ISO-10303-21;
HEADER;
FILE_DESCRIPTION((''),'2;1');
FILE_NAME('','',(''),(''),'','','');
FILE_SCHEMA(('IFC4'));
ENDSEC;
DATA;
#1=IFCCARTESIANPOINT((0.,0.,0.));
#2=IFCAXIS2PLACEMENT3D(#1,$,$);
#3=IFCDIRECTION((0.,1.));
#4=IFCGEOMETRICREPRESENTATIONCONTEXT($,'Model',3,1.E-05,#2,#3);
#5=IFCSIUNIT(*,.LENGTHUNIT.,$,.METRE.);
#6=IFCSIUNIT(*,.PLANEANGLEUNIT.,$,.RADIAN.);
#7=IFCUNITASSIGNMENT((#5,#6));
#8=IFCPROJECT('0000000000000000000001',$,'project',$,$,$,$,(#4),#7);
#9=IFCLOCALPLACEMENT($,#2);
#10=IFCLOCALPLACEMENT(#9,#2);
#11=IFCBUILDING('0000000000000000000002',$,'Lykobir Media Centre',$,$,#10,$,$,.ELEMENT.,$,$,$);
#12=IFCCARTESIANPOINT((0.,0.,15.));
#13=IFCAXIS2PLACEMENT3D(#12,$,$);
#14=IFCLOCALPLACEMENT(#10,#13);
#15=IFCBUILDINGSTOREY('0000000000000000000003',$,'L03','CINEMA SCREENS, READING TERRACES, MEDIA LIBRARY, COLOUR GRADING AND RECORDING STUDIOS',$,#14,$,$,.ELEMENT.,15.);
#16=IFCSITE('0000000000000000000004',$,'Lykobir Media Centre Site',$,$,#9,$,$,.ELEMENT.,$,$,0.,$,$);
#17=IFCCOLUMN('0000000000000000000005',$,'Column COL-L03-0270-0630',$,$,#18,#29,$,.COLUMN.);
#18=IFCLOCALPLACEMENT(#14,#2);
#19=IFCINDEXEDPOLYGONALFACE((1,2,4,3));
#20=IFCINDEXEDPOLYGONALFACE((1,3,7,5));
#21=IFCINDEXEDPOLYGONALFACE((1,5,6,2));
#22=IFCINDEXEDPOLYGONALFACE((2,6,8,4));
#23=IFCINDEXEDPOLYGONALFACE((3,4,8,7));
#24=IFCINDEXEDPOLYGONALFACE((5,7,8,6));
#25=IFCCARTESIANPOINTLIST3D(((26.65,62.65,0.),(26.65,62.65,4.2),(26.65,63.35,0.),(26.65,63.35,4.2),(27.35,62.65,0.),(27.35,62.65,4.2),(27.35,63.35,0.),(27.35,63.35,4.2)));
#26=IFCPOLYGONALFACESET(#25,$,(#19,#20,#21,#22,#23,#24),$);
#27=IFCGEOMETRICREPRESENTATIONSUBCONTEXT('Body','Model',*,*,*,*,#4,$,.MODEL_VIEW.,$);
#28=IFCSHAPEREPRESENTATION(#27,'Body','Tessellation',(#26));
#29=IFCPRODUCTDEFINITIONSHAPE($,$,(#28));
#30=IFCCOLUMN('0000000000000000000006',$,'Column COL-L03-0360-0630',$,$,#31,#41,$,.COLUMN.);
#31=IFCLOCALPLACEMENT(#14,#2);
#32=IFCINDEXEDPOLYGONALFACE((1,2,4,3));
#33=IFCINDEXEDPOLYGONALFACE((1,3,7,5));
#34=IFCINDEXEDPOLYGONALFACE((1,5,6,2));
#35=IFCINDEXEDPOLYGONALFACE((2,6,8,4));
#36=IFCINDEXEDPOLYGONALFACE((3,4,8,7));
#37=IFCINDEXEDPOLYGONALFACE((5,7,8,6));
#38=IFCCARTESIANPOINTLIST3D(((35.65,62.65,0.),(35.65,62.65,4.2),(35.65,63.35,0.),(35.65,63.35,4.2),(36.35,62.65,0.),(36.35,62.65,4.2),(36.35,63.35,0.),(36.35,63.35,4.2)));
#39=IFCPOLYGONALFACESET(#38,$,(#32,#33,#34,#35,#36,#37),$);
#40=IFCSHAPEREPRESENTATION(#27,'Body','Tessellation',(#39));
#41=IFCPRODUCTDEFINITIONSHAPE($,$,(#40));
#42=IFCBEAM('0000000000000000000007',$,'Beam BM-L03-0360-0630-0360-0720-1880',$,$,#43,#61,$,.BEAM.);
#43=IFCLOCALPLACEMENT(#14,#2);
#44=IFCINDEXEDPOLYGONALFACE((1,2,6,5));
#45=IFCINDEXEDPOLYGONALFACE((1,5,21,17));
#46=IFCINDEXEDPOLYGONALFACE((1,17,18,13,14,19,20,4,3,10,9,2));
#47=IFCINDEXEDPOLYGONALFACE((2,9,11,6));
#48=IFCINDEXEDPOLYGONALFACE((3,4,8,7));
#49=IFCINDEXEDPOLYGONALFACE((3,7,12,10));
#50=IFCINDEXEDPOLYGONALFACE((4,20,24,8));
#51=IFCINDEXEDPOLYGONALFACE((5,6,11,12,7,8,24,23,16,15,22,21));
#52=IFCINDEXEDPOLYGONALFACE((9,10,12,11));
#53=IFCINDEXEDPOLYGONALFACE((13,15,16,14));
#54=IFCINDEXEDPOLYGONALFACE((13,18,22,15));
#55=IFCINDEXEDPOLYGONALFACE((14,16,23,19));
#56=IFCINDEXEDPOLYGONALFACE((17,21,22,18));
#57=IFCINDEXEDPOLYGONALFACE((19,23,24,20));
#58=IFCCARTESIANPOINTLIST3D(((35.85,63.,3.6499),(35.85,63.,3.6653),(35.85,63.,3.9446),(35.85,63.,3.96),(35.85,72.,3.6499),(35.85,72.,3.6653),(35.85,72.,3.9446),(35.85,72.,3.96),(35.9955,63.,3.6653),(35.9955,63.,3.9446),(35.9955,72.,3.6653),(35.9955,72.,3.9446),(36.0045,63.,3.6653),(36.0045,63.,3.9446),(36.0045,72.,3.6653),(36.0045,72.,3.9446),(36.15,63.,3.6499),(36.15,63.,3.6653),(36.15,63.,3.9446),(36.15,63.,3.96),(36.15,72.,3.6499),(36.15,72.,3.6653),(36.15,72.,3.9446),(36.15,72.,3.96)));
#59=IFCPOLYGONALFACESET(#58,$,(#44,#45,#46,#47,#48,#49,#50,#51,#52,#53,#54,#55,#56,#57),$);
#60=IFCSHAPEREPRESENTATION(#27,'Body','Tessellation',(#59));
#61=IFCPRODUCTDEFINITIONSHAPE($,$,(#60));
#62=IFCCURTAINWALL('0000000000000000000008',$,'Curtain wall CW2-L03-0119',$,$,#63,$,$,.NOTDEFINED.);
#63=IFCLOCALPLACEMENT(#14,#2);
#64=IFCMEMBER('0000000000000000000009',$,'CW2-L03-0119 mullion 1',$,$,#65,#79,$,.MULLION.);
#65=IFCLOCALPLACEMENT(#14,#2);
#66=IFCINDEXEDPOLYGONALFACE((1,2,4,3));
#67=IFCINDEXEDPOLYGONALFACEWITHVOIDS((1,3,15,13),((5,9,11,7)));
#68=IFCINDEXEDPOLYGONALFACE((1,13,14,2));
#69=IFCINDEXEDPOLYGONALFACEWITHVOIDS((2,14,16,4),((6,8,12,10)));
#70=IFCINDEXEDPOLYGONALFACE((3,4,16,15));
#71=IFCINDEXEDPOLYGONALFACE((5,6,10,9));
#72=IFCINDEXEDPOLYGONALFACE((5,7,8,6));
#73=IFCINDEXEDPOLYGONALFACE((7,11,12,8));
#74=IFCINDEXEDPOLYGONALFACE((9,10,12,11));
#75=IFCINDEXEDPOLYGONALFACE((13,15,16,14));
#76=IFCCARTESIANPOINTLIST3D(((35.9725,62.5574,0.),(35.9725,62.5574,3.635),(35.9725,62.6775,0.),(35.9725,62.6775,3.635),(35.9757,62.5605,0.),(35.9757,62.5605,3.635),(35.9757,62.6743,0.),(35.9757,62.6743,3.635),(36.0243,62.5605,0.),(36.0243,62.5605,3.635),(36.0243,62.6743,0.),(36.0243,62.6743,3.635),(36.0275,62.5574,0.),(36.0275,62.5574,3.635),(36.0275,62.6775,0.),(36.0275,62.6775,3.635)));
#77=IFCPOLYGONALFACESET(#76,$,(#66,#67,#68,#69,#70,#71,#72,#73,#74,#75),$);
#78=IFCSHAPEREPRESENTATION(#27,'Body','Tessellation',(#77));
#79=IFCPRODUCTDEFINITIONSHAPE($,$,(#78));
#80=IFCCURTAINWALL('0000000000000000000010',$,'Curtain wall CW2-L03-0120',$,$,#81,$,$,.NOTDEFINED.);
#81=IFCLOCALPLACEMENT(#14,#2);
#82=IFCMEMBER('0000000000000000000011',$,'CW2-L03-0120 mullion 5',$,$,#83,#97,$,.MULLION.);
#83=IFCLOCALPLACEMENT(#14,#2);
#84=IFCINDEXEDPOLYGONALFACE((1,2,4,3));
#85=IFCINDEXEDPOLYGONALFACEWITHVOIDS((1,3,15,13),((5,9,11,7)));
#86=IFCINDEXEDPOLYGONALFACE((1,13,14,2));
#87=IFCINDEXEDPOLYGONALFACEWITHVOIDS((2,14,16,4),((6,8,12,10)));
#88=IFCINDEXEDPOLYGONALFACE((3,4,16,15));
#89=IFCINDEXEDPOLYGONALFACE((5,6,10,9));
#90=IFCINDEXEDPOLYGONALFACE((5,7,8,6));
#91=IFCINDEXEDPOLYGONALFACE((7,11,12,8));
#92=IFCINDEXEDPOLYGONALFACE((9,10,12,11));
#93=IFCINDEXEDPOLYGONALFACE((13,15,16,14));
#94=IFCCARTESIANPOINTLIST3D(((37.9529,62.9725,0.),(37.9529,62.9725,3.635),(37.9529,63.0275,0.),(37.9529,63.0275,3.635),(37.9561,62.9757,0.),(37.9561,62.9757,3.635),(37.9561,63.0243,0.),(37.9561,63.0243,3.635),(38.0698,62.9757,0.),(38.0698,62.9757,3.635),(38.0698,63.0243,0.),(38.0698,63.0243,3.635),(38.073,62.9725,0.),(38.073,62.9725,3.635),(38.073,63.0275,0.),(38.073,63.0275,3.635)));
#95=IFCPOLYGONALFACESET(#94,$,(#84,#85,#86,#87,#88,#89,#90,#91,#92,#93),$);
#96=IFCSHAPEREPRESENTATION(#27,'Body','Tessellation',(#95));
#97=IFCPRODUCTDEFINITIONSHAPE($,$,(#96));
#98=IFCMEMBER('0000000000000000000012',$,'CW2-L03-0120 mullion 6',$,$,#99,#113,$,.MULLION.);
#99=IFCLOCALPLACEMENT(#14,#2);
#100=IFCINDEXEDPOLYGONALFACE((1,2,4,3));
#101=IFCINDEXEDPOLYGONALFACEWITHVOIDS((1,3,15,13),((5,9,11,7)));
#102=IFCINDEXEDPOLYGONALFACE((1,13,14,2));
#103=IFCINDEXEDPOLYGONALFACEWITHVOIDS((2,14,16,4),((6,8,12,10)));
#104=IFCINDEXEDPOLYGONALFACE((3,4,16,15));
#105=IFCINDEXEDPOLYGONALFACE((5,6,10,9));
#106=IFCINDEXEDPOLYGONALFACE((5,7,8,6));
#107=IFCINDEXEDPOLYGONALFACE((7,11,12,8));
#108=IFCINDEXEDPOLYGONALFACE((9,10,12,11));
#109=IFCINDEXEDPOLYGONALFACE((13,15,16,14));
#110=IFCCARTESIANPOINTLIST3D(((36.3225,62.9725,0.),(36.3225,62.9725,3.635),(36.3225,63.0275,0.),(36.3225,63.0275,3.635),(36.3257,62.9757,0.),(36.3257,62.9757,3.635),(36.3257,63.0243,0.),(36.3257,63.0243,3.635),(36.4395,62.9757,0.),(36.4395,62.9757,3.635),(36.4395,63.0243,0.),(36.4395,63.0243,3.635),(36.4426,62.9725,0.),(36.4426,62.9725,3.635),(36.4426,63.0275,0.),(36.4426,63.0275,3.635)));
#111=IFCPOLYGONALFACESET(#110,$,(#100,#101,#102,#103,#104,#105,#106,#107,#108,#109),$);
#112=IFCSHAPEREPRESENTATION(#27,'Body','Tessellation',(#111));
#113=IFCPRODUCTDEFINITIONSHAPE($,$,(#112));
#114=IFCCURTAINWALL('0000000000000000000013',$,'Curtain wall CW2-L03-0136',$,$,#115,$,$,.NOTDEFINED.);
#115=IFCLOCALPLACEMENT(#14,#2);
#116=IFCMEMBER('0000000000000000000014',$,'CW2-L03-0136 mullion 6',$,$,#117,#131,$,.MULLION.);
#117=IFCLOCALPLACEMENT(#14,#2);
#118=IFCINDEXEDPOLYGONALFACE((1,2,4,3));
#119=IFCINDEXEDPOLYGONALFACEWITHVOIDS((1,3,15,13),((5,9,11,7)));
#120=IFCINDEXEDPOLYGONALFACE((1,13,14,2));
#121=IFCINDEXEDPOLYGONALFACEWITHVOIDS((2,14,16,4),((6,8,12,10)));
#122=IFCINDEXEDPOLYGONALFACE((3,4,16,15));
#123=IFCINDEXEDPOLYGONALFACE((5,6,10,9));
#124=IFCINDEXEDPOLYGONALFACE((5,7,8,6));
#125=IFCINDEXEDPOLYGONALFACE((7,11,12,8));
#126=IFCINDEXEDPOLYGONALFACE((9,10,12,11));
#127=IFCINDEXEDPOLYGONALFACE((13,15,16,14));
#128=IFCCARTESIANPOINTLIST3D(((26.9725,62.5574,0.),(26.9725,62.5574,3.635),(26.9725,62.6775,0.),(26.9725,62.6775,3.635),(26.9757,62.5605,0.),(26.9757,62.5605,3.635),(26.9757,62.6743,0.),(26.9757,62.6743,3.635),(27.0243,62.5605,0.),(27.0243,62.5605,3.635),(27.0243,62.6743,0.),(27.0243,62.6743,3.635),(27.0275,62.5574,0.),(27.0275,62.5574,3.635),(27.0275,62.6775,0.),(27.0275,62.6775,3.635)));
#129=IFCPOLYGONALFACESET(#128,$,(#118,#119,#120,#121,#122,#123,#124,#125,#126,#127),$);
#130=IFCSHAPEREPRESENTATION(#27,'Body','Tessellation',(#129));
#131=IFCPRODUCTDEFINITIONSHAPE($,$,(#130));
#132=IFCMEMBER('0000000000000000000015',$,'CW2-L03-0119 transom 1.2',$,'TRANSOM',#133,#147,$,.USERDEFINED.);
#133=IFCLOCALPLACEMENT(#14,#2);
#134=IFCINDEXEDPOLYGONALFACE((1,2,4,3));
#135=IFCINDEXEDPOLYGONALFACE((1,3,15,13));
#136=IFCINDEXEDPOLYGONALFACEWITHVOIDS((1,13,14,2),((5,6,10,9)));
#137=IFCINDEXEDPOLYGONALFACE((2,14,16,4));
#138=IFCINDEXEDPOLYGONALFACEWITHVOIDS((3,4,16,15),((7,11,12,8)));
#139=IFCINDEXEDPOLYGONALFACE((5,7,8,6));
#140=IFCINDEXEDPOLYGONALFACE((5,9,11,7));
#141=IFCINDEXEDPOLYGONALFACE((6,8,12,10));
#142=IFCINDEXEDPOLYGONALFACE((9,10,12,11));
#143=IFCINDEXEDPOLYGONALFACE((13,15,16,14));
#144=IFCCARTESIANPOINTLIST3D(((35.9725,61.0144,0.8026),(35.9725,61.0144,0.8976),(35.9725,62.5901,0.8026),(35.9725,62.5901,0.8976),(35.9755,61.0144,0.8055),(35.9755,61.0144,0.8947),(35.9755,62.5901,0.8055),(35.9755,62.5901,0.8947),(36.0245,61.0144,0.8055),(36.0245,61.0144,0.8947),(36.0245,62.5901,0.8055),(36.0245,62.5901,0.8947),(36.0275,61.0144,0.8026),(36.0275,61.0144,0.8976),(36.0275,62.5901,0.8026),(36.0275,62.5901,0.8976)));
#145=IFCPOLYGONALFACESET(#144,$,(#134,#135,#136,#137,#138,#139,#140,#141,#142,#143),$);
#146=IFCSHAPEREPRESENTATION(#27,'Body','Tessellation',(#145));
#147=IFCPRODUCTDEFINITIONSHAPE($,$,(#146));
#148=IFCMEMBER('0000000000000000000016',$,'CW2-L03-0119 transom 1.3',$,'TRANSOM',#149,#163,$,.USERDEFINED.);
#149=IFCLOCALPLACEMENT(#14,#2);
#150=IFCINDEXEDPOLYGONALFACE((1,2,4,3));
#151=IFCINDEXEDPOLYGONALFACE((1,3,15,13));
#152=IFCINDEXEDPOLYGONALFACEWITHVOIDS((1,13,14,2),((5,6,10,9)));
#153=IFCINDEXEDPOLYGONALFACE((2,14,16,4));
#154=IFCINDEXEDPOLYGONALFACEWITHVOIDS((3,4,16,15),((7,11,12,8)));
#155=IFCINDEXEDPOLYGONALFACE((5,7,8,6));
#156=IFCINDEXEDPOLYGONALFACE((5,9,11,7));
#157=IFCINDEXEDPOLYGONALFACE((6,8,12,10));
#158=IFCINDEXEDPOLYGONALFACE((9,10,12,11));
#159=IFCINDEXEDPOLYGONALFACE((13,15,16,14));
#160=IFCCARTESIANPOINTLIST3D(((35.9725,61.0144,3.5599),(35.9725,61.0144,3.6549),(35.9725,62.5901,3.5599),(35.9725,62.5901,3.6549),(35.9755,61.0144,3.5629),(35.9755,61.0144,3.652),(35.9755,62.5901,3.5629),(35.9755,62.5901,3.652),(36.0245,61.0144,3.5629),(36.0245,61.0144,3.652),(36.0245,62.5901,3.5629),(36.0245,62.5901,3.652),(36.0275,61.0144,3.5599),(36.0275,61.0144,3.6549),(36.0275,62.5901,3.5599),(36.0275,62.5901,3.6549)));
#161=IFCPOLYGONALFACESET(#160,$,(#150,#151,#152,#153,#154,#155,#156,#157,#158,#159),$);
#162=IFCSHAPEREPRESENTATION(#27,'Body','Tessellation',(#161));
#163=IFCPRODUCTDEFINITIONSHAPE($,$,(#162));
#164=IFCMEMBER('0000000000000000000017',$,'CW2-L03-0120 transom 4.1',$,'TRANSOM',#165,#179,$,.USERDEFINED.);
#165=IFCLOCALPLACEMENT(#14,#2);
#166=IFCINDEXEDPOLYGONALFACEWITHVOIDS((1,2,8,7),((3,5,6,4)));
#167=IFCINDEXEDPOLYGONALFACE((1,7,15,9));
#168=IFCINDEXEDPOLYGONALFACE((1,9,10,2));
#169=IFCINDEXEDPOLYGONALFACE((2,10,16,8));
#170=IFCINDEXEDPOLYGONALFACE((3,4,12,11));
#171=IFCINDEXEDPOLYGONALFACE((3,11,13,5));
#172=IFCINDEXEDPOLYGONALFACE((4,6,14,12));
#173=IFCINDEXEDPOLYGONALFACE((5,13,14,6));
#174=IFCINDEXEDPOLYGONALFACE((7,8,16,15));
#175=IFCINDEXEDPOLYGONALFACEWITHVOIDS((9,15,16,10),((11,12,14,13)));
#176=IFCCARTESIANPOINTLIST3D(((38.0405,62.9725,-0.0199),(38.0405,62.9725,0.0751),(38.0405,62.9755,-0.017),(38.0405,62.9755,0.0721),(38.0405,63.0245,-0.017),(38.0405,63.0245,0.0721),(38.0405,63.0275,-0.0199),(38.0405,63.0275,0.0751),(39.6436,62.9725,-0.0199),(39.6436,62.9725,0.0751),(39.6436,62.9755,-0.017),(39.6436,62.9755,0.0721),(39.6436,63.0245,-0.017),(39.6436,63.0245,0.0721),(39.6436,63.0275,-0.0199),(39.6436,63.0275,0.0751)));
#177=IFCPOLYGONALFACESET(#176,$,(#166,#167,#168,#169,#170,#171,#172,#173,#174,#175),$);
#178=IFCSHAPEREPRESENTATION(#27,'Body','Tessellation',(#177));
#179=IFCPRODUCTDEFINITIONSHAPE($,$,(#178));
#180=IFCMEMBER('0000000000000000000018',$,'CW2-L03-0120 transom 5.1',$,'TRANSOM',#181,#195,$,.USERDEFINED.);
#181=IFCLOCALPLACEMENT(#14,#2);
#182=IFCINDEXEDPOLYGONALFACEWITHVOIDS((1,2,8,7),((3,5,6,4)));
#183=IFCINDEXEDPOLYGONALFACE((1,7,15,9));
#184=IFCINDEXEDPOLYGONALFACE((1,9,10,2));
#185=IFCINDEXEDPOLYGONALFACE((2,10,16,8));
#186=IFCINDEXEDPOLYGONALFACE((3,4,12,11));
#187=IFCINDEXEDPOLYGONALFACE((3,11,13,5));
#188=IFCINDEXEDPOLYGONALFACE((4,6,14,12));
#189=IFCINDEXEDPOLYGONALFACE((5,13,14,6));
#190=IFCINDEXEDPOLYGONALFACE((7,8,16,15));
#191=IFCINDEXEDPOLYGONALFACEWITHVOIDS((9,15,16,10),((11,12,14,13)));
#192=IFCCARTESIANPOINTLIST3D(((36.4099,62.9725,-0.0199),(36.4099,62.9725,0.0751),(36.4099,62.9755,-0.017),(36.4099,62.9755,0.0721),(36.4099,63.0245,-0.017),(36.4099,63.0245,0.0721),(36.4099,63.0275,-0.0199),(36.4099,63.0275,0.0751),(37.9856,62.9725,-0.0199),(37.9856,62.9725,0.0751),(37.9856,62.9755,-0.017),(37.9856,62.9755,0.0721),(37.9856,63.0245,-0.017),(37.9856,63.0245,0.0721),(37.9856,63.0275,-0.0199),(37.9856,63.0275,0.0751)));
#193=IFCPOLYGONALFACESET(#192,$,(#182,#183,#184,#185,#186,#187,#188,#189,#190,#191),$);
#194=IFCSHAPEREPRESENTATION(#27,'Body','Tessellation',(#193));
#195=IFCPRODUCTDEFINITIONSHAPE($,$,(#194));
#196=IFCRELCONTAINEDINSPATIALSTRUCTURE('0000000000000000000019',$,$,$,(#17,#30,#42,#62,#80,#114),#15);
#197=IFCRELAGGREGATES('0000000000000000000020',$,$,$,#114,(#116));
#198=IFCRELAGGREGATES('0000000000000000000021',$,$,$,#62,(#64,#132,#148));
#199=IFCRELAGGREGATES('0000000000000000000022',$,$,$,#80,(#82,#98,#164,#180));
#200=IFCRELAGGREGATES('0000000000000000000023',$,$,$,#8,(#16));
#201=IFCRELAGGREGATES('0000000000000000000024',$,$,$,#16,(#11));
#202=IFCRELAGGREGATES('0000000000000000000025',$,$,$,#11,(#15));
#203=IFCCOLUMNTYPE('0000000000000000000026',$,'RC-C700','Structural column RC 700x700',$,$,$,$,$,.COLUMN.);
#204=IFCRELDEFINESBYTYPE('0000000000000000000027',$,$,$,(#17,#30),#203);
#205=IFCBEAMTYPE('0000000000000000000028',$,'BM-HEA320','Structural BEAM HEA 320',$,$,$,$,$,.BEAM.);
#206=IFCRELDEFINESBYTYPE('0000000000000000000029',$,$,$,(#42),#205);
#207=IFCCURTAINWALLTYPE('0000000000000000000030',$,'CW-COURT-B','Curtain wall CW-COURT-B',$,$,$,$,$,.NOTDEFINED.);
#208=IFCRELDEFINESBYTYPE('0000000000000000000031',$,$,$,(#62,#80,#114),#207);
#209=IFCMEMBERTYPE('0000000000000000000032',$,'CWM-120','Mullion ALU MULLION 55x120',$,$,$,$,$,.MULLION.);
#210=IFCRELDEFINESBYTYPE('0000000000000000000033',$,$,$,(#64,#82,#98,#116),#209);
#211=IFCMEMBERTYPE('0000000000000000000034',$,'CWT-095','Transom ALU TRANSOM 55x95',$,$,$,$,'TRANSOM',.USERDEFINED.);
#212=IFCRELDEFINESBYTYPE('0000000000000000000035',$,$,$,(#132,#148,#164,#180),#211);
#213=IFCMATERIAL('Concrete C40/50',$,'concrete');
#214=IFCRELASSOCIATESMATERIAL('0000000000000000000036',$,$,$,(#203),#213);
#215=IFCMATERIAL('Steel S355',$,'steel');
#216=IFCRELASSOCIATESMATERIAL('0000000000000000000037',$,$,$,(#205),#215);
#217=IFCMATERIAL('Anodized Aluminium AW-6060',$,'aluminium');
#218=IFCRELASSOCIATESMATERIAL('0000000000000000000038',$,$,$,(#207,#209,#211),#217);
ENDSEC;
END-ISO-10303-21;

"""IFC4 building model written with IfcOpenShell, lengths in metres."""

from ifc_helpers import new_model, si_unit, direction, frame, origin, origin_2d, place, context, subcontext, project, spatial, rectangle, hollow_rectangle, i_section, extrude, material, material_profile, profile_set, type_object, element, aggregate, save


model = new_model("IFC4")

# Units and contexts
model_context = context("Model", 3, precision=1e-05, world=origin(), true_north=direction((0.0, 1.0)))
body_context = subcontext(model_context, "Body", "Model", "MODEL_VIEW")
ifc_project = project(units=[si_unit("LENGTHUNIT", "METRE"), si_unit("PLANEANGLEUNIT", "RADIAN")], contexts=[model_context])

# Site, building, storey
site_placement = place(None, origin())
site = spatial("IfcSite", under=ifc_project, at=site_placement, Name="Lykobir Media Centre Site", CompositionType="ELEMENT", RefElevation=0.0)
building_placement = place(site_placement, origin())
building = spatial("IfcBuilding", under=site, at=building_placement, Name="Lykobir Media Centre", CompositionType="ELEMENT")
storey_placement = place(building_placement, frame((0.0, 0.0, 15.0)))
storey = spatial("IfcBuildingStorey", under=building, at=storey_placement, Name="L03", Description="CINEMA SCREENS, READING TERRACES, MEDIA LIBRARY, COLOUR GRADING AND RECORDING STUDIOS", CompositionType="ELEMENT", Elevation=15.0)

# Columns
ifc_material_1 = material(Name="Concrete C40/50", Category="concrete")
ifc_material_profile_1 = material_profile(ifc_material_1, rectangle(XDim=0.7, YDim=0.7, at=origin_2d()), Name="RC 700x700")
ifc_profile_set_1 = profile_set([ifc_material_profile_1], Name="Concrete C40/50")
column_type = type_object("IfcColumnType", Name="RC-C700", Description="Structural column RC 700x700", PredefinedType="COLUMN", material=ifc_profile_set_1)
for number, where, z_axis, x_axis, name in (
    (1, (27.0, 63.0, 0.0), (0.0, 0.0, 1.0), (1.0, 0.0, 0.0), "Column COL-L03-0270-0630"),
    (2, (36.0, 63.0, 0.0), (0.0, 0.0, 1.0), (1.0, 0.0, 0.0), "Column COL-L03-0360-0630"),
):
    element("IfcColumn", number, at=place(storey_placement, frame(where, z_axis=z_axis, x_axis=x_axis)), inside=storey, type_object=column_type, Name=name, PredefinedType="COLUMN", context=body_context, shape_type="SweptSolid", body=[
        extrude(rectangle(XDim=0.7, YDim=0.7, at=origin_2d()), origin(), (0.0, 0.0, 1.0), 4.2),
    ])

# Beam
ifc_material_2 = material(Name="Steel S355", Category="steel")
ifc_material_profile_2 = material_profile(ifc_material_2, i_section(OverallWidth=0.3, OverallDepth=0.3101, WebThickness=0.009, FlangeThickness=0.0154, at=origin_2d()), Name="HEA 320")
ifc_profile_set_2 = profile_set([ifc_material_profile_2], Name="Steel S355")
beam_type_1 = type_object("IfcBeamType", Name="BM-HEA320", Description="Structural BEAM HEA 320", PredefinedType="BEAM", material=ifc_profile_set_2)
beam_placement = place(storey_placement, frame((36.0, 63.0, 3.8049), z_axis=(0.0, 1.0, 0.0), x_axis=(-1.0, 0.0, 0.0)))
element("IfcBeam", 3, at=beam_placement, inside=storey, type_object=beam_type_1, Name="Beam BM-L03-0360-0630-0360-0720-1880", PredefinedType="BEAM", context=body_context, shape_type="SweptSolid", body=[
    extrude(i_section(OverallWidth=0.3, OverallDepth=0.3101, WebThickness=0.009, FlangeThickness=0.0154, at=origin_2d()), origin(), (0.0, 0.0, 1.0), 9.0),
])

# Curtain wall, member
ifc_material_3 = material(Name="Anodized Aluminium AW-6060", Category="aluminium")
curtain_wall_type = type_object("IfcCurtainWallType", Name="CW-COURT-B", Description="Curtain wall CW-COURT-B", PredefinedType="NOTDEFINED", material=ifc_material_3)
curtain_wall_1_placement = place(storey_placement, origin())
curtain_wall_1 = element("IfcCurtainWall", 4, at=curtain_wall_1_placement, inside=storey, type_object=curtain_wall_type, Name="Curtain wall CW2-L03-0119", PredefinedType="NOTDEFINED")
ifc_material_profile_3 = material_profile(ifc_material_3, hollow_rectangle(XDim=0.0549, YDim=0.1201, WallThickness=0.0032, at=origin_2d()), Name="ALU MULLION 55x120")
ifc_profile_set_3 = profile_set([ifc_material_profile_3], Name="Anodized Aluminium AW-6060")
member_type_1 = type_object("IfcMemberType", Name="CWM-120", Description="Mullion ALU MULLION 55x120", PredefinedType="MULLION", material=ifc_profile_set_3)
member_1_placement = place(storey_placement, frame((36.0, 62.6174, 0.0), z_axis=(0.0, 0.0, 1.0), x_axis=(1.0, 0.0, 0.0)))
member_1 = element("IfcMember", 5, at=member_1_placement, type_object=member_type_1, Name="CW2-L03-0119 mullion 1", PredefinedType="MULLION", context=body_context, shape_type="SweptSolid", body=[
    extrude(hollow_rectangle(XDim=0.0549, YDim=0.1201, WallThickness=0.0032, at=origin_2d()), origin(), (0.0, 0.0, 1.0), 3.635),
])

# Curtain wall, members
curtain_wall_2_placement = place(storey_placement, origin())
curtain_wall_2 = element("IfcCurtainWall", 6, at=curtain_wall_2_placement, inside=storey, type_object=curtain_wall_type, Name="Curtain wall CW2-L03-0120", PredefinedType="NOTDEFINED")
member_2_placement = place(storey_placement, frame((38.0129, 63.0, 0.0), z_axis=(0.0, 0.0, 1.0), x_axis=(0.0, -1.0, 0.0)))
member_2 = element("IfcMember", 7, at=member_2_placement, type_object=member_type_1, Name="CW2-L03-0120 mullion 5", PredefinedType="MULLION", context=body_context, shape_type="SweptSolid", body=[
    extrude(hollow_rectangle(XDim=0.0549, YDim=0.1201, WallThickness=0.0032, at=origin_2d()), origin(), (0.0, 0.0, 1.0), 3.635),
])
member_3_placement = place(storey_placement, frame((36.3826, 63.0, 0.0), z_axis=(0.0, 0.0, 1.0), x_axis=(0.0, -1.0, 0.0)))
member_3 = element("IfcMember", 8, at=member_3_placement, type_object=member_type_1, Name="CW2-L03-0120 mullion 6", PredefinedType="MULLION", context=body_context, shape_type="SweptSolid", body=[
    extrude(hollow_rectangle(XDim=0.0549, YDim=0.1201, WallThickness=0.0032, at=origin_2d()), origin(), (0.0, 0.0, 1.0), 3.635),
])

# Curtain wall, member
curtain_wall_3_placement = place(storey_placement, origin())
curtain_wall_3 = element("IfcCurtainWall", 9, at=curtain_wall_3_placement, inside=storey, type_object=curtain_wall_type, Name="Curtain wall CW2-L03-0136", PredefinedType="NOTDEFINED")
member_4_placement = place(storey_placement, frame((27.0, 62.6174, 0.0), z_axis=(0.0, 0.0, 1.0), x_axis=(-1.0, 0.0, 0.0)))
member_4 = element("IfcMember", 10, at=member_4_placement, type_object=member_type_1, Name="CW2-L03-0136 mullion 6", PredefinedType="MULLION", context=body_context, shape_type="SweptSolid", body=[
    extrude(hollow_rectangle(XDim=0.0549, YDim=0.1201, WallThickness=0.0032, at=origin_2d()), origin(), (0.0, 0.0, 1.0), 3.635),
])
aggregate(curtain_wall_3, [member_4])

# Members
ifc_material_profile_4 = material_profile(ifc_material_3, hollow_rectangle(XDim=0.0549, YDim=0.095, WallThickness=0.0029, at=origin_2d()), Name="ALU TRANSOM 55x95")
ifc_profile_set_4 = profile_set([ifc_material_profile_4], Name="Anodized Aluminium AW-6060")
member_type_2 = type_object("IfcMemberType", Name="CWT-095", Description="Transom ALU TRANSOM 55x95", ElementType="TRANSOM", PredefinedType="USERDEFINED", material=ifc_profile_set_4)
member_5_placement = place(storey_placement, frame((36.0, 62.5901, 0.8501), z_axis=(0.0, -1.0, 0.0), x_axis=(1.0, 0.0, 0.0)))
member_5 = element("IfcMember", 11, at=member_5_placement, type_object=member_type_2, Name="CW2-L03-0119 transom 1.2", ObjectType="TRANSOM", PredefinedType="USERDEFINED", context=body_context, shape_type="SweptSolid", body=[
    extrude(hollow_rectangle(XDim=0.0549, YDim=0.095, WallThickness=0.0029, at=origin_2d()), origin(), (0.0, 0.0, 1.0), 1.5757),
])
member_6_placement = place(storey_placement, frame((36.0, 62.5901, 3.6074), z_axis=(0.0, -1.0, 0.0), x_axis=(1.0, 0.0, 0.0)))
member_6 = element("IfcMember", 12, at=member_6_placement, type_object=member_type_2, Name="CW2-L03-0119 transom 1.3", ObjectType="TRANSOM", PredefinedType="USERDEFINED", context=body_context, shape_type="SweptSolid", body=[
    extrude(hollow_rectangle(XDim=0.0549, YDim=0.095, WallThickness=0.0029, at=origin_2d()), origin(), (0.0, 0.0, 1.0), 1.5757),
])
aggregate(curtain_wall_1, [member_1, member_5, member_6])
member_7_placement = place(storey_placement, frame((39.6436, 63.0, 0.0276), z_axis=(-1.0, 0.0, 0.0), x_axis=(0.0, -1.0, 0.0)))
member_7 = element("IfcMember", 13, at=member_7_placement, type_object=member_type_2, Name="CW2-L03-0120 transom 4.1", ObjectType="TRANSOM", PredefinedType="USERDEFINED", context=body_context, shape_type="SweptSolid", body=[
    extrude(hollow_rectangle(XDim=0.0549, YDim=0.095, WallThickness=0.0029, at=origin_2d()), origin(), (0.0, 0.0, 1.0), 1.603),
])
member_8_placement = place(storey_placement, frame((37.9856, 63.0, 0.0276), z_axis=(-1.0, 0.0, 0.0), x_axis=(0.0, -1.0, 0.0)))
member_8 = element("IfcMember", 14, at=member_8_placement, type_object=member_type_2, Name="CW2-L03-0120 transom 5.1", ObjectType="TRANSOM", PredefinedType="USERDEFINED", context=body_context, shape_type="SweptSolid", body=[
    extrude(hollow_rectangle(XDim=0.0549, YDim=0.095, WallThickness=0.0029, at=origin_2d()), origin(), (0.0, 0.0, 1.0), 1.5757),
])

aggregate(curtain_wall_2, [member_2, member_3, member_7, member_8])

save(model, "model.ifc")
